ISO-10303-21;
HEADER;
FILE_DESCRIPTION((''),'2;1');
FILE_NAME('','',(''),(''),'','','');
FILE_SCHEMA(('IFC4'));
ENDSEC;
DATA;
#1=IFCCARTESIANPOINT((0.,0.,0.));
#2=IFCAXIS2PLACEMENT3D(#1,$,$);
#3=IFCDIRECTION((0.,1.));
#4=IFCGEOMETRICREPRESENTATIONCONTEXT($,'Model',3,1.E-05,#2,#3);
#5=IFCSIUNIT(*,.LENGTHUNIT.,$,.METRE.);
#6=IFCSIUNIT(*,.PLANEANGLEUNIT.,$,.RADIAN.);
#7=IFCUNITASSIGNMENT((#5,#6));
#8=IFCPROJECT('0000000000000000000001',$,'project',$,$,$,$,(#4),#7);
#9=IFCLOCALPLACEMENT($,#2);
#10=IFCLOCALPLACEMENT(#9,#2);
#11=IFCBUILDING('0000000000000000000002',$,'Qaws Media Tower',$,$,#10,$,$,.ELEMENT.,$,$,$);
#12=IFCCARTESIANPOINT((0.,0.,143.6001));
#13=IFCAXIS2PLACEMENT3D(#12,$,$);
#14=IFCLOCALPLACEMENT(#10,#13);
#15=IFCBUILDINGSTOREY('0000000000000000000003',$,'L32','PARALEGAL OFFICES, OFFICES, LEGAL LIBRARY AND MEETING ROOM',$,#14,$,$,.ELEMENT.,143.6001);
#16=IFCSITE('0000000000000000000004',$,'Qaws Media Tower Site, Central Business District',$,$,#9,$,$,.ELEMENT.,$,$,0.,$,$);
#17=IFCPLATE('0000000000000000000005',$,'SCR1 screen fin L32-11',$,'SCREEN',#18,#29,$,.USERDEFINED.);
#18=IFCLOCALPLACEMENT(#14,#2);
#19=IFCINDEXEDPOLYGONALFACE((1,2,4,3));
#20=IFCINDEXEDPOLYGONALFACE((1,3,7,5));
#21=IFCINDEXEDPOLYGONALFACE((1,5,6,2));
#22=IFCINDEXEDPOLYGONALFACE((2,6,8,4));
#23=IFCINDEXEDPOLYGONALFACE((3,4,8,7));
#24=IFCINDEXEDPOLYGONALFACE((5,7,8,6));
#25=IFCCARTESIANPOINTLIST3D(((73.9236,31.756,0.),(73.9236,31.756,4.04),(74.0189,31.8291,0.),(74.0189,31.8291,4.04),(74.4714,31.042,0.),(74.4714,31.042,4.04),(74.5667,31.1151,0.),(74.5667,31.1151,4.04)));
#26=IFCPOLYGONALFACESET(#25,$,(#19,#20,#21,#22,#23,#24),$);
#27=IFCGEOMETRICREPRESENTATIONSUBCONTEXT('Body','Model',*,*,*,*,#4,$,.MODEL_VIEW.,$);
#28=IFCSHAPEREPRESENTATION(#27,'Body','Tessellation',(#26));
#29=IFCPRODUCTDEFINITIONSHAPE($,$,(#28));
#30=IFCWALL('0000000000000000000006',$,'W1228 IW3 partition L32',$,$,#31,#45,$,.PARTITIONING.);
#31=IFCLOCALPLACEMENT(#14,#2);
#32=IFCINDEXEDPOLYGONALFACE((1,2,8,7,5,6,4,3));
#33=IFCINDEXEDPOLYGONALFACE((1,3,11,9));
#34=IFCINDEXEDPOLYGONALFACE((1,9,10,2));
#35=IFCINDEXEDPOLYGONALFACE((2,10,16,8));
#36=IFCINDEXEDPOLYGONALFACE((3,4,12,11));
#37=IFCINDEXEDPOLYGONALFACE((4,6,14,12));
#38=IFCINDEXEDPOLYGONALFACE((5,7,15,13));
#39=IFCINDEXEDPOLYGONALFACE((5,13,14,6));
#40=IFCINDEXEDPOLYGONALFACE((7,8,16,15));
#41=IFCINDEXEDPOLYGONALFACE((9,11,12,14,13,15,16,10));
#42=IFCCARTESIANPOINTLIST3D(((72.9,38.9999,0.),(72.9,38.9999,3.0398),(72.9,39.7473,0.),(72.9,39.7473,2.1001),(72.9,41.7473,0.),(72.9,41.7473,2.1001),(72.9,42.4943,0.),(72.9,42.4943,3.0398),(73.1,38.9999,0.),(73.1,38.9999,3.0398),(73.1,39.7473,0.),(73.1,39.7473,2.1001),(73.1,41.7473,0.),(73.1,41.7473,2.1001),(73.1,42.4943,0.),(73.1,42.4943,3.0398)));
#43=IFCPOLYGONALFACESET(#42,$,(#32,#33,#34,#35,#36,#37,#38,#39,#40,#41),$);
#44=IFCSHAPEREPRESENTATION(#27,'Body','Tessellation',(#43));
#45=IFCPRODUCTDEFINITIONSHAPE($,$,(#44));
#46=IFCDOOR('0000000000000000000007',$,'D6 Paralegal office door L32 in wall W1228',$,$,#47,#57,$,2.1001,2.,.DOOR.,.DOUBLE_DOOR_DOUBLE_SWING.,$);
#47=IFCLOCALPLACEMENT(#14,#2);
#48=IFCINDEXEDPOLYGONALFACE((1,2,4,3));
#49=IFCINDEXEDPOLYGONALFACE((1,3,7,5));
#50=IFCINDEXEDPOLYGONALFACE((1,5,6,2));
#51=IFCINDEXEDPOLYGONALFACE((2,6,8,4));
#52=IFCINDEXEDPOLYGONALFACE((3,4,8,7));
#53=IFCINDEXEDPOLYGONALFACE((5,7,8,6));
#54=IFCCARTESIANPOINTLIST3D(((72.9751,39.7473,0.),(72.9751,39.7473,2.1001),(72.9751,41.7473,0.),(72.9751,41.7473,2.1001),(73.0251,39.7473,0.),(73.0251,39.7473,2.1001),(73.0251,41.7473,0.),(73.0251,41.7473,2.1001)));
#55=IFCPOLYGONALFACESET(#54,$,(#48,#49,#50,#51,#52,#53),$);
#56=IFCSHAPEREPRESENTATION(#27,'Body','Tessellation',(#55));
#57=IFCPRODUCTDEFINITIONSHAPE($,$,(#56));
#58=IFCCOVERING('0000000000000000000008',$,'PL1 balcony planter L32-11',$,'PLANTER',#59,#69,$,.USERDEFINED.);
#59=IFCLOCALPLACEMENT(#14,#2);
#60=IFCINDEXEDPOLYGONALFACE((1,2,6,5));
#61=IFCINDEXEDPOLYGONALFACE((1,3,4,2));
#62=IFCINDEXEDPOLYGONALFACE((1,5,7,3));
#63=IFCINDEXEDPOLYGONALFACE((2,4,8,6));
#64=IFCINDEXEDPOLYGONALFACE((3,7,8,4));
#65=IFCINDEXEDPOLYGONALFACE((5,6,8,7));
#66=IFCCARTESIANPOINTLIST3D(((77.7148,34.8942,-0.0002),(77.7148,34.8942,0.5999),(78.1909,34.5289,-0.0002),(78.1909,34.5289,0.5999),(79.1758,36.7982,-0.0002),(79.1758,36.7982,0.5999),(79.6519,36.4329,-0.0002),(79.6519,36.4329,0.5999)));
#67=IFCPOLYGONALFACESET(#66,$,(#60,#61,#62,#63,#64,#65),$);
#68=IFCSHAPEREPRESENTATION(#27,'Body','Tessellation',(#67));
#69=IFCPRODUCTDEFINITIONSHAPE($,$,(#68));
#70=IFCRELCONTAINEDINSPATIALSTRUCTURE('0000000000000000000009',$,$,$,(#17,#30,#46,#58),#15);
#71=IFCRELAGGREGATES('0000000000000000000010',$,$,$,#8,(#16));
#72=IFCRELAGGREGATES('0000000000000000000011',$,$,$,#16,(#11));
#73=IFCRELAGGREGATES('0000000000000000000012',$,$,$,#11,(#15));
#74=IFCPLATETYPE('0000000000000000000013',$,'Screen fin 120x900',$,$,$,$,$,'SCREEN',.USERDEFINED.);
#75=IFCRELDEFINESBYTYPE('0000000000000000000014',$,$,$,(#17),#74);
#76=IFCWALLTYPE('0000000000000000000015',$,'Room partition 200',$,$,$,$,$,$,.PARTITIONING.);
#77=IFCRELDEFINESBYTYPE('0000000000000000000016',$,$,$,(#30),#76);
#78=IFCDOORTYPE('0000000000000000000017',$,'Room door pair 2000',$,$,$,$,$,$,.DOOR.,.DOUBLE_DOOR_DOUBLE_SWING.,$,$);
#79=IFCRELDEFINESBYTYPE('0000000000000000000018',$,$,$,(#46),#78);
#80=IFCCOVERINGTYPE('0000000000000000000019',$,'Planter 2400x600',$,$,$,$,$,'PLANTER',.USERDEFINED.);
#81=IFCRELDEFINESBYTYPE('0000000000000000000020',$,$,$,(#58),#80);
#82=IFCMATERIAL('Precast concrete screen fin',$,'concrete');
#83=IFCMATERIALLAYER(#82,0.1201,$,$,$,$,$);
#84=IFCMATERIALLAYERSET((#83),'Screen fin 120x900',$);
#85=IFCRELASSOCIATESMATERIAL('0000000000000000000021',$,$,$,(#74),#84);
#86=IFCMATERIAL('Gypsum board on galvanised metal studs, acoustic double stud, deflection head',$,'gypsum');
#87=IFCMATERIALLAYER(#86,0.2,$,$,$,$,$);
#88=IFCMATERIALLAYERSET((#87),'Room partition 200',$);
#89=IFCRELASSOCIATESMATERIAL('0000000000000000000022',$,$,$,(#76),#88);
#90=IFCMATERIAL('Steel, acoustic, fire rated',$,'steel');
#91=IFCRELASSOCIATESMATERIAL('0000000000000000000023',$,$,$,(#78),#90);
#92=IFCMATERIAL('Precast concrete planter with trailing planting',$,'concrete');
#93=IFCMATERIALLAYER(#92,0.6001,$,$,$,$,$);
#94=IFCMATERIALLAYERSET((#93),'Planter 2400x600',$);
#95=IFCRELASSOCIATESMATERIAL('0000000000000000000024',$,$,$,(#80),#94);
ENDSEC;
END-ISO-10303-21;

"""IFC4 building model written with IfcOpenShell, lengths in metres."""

from ifc_helpers import new_model, si_unit, direction, frame, frame_2d, origin, origin_2d, place, context, subcontext, project, spatial, rectangle, extrude, material, layer, layer_set, type_object, element, fill, save


model = new_model("IFC4")

# Units and contexts
model_context = context("Model", 3, precision=1e-05, world=origin(), true_north=direction((0.0, 1.0)))
body_context = subcontext(model_context, "Body", "Model", "MODEL_VIEW")
ifc_project = project(units=[si_unit("LENGTHUNIT", "METRE"), si_unit("PLANEANGLEUNIT", "RADIAN")], contexts=[model_context])

# Site, building, storey
site_placement = place(None, origin())
site = spatial("IfcSite", under=ifc_project, at=site_placement, Name="Qaws Media Tower Site, Central Business District", CompositionType="ELEMENT", RefElevation=0.0)
building_placement = place(site_placement, origin())
building = spatial("IfcBuilding", under=site, at=building_placement, Name="Qaws Media Tower", CompositionType="ELEMENT")
storey_placement = place(building_placement, frame((0.0, 0.0, 143.6001)))
storey = spatial("IfcBuildingStorey", under=building, at=storey_placement, Name="L32", Description="PARALEGAL OFFICES, OFFICES, LEGAL LIBRARY AND MEETING ROOM", CompositionType="ELEMENT", Elevation=143.6001)

# Plate
ifc_material_1 = material(Name="Precast concrete screen fin", Category="concrete")
ifc_layer_1 = layer(ifc_material_1, 0.1201)
ifc_layer_set_1 = layer_set([ifc_layer_1], Name="Screen fin 120x900")
plate_type_1 = type_object("IfcPlateType", Name="Screen fin 120x900", ElementType="SCREEN", PredefinedType="USERDEFINED", material=ifc_layer_set_1)
plate_1_placement = place(storey_placement, frame((74.2451, 31.4355, 0.0), z_axis=(0.0, 0.0, 1.0), x_axis=(0.608761, -0.793353, 0.0)))
element("IfcPlate", 1, at=plate_1_placement, inside=storey, type_object=plate_type_1, Name="SCR1 screen fin L32-11", ObjectType="SCREEN", PredefinedType="USERDEFINED", context=body_context, shape_type="SweptSolid", body=[
    extrude(rectangle(XDim=0.8999, YDim=0.1201, at=origin_2d()), origin(), (0.0, 0.0, 1.0), 4.04),
])

# Wall, opening, door
ifc_material_2 = material(Name="Gypsum board on galvanised metal studs, acoustic double stud, deflection head", Category="gypsum")
ifc_layer_2 = layer(ifc_material_2, 0.2)
ifc_layer_set_2 = layer_set([ifc_layer_2], Name="Room partition 200")
wall_type = type_object("IfcWallType", Name="Room partition 200", PredefinedType="PARTITIONING", material=ifc_layer_set_2)
wall_placement = place(storey_placement, frame((73.0, 39.0, 0.0), z_axis=(0.0, 0.0, 1.0), x_axis=(0.0, 1.0, 0.0)))
wall = element("IfcWall", 2, at=wall_placement, inside=storey, type_object=wall_type, Name="W1228 IW3 partition L32", PredefinedType="PARTITIONING", context=body_context, shape_type="SweptSolid", body=[
    extrude(rectangle(XDim=3.4944, YDim=0.2, at=frame_2d((1.7471, 0.0))), origin(), (0.0, 0.0, 1.0), 3.0398),
])
opening_placement = place(wall_placement, frame((0.7473, 0.0, 0.0)))
opening = element("IfcOpeningElement", 3, at=opening_placement, cuts=wall, PredefinedType="OPENING", context=body_context, shape_type="SweptSolid", body=[
    extrude(rectangle(XDim=2.0, YDim=2.1001, at=frame_2d((1.0, 1.05))), frame((0.0, 0.1099, 0.0), z_axis=(0.0, -1.0, 0.0), x_axis=(1.0, 0.0, 0.0)), (0.0, 0.0, 1.0), 0.22),
])
ifc_material_3 = material(Name="Steel, acoustic, fire rated", Category="steel")
door_type = type_object("IfcDoorType", Name="Room door pair 2000", OperationType="DOUBLE_DOOR_DOUBLE_SWING", PredefinedType="DOOR", material=ifc_material_3)
door_placement = place(opening_placement, origin())
door = element("IfcDoor", 4, at=door_placement, inside=storey, type_object=door_type, Name="D6 Paralegal office door L32 in wall W1228", OperationType="DOUBLE_DOOR_DOUBLE_SWING", OverallHeight=2.1001, OverallWidth=2.0, PredefinedType="DOOR", context=body_context, shape_type="SweptSolid", body=[
    extrude(rectangle(XDim=2.0, YDim=2.1001, at=frame_2d((1.0, 1.05))), frame((0.0, 0.0249, 0.0), z_axis=(0.0, -1.0, 0.0), x_axis=(1.0, 0.0, 0.0)), (0.0, 0.0, 1.0), 0.05),
])
fill(opening, door)

# Covering
ifc_material_4 = material(Name="Precast concrete planter with trailing planting", Category="concrete")
ifc_layer_3 = layer(ifc_material_4, 0.6001)
ifc_layer_set_3 = layer_set([ifc_layer_3], Name="Planter 2400x600")
covering_type = type_object("IfcCoveringType", Name="Planter 2400x600", ElementType="PLANTER", PredefinedType="USERDEFINED", material=ifc_layer_set_3)
covering_placement = place(storey_placement, frame((78.6833, 35.6636, -0.0002), z_axis=(0.0, 0.0, 1.0), x_axis=(0.608761, 0.793353, 0.0)))
element("IfcCovering", 5, at=covering_placement, inside=storey, type_object=covering_type, Name="PL1 balcony planter L32-11", ObjectType="PLANTER", PredefinedType="USERDEFINED", context=body_context, shape_type="SweptSolid", body=[
    extrude(rectangle(XDim=2.3999, YDim=0.6001, at=origin_2d()), origin(), (0.0, 0.0, 1.0), 0.6001),
])

save(model, "model.ifc")
